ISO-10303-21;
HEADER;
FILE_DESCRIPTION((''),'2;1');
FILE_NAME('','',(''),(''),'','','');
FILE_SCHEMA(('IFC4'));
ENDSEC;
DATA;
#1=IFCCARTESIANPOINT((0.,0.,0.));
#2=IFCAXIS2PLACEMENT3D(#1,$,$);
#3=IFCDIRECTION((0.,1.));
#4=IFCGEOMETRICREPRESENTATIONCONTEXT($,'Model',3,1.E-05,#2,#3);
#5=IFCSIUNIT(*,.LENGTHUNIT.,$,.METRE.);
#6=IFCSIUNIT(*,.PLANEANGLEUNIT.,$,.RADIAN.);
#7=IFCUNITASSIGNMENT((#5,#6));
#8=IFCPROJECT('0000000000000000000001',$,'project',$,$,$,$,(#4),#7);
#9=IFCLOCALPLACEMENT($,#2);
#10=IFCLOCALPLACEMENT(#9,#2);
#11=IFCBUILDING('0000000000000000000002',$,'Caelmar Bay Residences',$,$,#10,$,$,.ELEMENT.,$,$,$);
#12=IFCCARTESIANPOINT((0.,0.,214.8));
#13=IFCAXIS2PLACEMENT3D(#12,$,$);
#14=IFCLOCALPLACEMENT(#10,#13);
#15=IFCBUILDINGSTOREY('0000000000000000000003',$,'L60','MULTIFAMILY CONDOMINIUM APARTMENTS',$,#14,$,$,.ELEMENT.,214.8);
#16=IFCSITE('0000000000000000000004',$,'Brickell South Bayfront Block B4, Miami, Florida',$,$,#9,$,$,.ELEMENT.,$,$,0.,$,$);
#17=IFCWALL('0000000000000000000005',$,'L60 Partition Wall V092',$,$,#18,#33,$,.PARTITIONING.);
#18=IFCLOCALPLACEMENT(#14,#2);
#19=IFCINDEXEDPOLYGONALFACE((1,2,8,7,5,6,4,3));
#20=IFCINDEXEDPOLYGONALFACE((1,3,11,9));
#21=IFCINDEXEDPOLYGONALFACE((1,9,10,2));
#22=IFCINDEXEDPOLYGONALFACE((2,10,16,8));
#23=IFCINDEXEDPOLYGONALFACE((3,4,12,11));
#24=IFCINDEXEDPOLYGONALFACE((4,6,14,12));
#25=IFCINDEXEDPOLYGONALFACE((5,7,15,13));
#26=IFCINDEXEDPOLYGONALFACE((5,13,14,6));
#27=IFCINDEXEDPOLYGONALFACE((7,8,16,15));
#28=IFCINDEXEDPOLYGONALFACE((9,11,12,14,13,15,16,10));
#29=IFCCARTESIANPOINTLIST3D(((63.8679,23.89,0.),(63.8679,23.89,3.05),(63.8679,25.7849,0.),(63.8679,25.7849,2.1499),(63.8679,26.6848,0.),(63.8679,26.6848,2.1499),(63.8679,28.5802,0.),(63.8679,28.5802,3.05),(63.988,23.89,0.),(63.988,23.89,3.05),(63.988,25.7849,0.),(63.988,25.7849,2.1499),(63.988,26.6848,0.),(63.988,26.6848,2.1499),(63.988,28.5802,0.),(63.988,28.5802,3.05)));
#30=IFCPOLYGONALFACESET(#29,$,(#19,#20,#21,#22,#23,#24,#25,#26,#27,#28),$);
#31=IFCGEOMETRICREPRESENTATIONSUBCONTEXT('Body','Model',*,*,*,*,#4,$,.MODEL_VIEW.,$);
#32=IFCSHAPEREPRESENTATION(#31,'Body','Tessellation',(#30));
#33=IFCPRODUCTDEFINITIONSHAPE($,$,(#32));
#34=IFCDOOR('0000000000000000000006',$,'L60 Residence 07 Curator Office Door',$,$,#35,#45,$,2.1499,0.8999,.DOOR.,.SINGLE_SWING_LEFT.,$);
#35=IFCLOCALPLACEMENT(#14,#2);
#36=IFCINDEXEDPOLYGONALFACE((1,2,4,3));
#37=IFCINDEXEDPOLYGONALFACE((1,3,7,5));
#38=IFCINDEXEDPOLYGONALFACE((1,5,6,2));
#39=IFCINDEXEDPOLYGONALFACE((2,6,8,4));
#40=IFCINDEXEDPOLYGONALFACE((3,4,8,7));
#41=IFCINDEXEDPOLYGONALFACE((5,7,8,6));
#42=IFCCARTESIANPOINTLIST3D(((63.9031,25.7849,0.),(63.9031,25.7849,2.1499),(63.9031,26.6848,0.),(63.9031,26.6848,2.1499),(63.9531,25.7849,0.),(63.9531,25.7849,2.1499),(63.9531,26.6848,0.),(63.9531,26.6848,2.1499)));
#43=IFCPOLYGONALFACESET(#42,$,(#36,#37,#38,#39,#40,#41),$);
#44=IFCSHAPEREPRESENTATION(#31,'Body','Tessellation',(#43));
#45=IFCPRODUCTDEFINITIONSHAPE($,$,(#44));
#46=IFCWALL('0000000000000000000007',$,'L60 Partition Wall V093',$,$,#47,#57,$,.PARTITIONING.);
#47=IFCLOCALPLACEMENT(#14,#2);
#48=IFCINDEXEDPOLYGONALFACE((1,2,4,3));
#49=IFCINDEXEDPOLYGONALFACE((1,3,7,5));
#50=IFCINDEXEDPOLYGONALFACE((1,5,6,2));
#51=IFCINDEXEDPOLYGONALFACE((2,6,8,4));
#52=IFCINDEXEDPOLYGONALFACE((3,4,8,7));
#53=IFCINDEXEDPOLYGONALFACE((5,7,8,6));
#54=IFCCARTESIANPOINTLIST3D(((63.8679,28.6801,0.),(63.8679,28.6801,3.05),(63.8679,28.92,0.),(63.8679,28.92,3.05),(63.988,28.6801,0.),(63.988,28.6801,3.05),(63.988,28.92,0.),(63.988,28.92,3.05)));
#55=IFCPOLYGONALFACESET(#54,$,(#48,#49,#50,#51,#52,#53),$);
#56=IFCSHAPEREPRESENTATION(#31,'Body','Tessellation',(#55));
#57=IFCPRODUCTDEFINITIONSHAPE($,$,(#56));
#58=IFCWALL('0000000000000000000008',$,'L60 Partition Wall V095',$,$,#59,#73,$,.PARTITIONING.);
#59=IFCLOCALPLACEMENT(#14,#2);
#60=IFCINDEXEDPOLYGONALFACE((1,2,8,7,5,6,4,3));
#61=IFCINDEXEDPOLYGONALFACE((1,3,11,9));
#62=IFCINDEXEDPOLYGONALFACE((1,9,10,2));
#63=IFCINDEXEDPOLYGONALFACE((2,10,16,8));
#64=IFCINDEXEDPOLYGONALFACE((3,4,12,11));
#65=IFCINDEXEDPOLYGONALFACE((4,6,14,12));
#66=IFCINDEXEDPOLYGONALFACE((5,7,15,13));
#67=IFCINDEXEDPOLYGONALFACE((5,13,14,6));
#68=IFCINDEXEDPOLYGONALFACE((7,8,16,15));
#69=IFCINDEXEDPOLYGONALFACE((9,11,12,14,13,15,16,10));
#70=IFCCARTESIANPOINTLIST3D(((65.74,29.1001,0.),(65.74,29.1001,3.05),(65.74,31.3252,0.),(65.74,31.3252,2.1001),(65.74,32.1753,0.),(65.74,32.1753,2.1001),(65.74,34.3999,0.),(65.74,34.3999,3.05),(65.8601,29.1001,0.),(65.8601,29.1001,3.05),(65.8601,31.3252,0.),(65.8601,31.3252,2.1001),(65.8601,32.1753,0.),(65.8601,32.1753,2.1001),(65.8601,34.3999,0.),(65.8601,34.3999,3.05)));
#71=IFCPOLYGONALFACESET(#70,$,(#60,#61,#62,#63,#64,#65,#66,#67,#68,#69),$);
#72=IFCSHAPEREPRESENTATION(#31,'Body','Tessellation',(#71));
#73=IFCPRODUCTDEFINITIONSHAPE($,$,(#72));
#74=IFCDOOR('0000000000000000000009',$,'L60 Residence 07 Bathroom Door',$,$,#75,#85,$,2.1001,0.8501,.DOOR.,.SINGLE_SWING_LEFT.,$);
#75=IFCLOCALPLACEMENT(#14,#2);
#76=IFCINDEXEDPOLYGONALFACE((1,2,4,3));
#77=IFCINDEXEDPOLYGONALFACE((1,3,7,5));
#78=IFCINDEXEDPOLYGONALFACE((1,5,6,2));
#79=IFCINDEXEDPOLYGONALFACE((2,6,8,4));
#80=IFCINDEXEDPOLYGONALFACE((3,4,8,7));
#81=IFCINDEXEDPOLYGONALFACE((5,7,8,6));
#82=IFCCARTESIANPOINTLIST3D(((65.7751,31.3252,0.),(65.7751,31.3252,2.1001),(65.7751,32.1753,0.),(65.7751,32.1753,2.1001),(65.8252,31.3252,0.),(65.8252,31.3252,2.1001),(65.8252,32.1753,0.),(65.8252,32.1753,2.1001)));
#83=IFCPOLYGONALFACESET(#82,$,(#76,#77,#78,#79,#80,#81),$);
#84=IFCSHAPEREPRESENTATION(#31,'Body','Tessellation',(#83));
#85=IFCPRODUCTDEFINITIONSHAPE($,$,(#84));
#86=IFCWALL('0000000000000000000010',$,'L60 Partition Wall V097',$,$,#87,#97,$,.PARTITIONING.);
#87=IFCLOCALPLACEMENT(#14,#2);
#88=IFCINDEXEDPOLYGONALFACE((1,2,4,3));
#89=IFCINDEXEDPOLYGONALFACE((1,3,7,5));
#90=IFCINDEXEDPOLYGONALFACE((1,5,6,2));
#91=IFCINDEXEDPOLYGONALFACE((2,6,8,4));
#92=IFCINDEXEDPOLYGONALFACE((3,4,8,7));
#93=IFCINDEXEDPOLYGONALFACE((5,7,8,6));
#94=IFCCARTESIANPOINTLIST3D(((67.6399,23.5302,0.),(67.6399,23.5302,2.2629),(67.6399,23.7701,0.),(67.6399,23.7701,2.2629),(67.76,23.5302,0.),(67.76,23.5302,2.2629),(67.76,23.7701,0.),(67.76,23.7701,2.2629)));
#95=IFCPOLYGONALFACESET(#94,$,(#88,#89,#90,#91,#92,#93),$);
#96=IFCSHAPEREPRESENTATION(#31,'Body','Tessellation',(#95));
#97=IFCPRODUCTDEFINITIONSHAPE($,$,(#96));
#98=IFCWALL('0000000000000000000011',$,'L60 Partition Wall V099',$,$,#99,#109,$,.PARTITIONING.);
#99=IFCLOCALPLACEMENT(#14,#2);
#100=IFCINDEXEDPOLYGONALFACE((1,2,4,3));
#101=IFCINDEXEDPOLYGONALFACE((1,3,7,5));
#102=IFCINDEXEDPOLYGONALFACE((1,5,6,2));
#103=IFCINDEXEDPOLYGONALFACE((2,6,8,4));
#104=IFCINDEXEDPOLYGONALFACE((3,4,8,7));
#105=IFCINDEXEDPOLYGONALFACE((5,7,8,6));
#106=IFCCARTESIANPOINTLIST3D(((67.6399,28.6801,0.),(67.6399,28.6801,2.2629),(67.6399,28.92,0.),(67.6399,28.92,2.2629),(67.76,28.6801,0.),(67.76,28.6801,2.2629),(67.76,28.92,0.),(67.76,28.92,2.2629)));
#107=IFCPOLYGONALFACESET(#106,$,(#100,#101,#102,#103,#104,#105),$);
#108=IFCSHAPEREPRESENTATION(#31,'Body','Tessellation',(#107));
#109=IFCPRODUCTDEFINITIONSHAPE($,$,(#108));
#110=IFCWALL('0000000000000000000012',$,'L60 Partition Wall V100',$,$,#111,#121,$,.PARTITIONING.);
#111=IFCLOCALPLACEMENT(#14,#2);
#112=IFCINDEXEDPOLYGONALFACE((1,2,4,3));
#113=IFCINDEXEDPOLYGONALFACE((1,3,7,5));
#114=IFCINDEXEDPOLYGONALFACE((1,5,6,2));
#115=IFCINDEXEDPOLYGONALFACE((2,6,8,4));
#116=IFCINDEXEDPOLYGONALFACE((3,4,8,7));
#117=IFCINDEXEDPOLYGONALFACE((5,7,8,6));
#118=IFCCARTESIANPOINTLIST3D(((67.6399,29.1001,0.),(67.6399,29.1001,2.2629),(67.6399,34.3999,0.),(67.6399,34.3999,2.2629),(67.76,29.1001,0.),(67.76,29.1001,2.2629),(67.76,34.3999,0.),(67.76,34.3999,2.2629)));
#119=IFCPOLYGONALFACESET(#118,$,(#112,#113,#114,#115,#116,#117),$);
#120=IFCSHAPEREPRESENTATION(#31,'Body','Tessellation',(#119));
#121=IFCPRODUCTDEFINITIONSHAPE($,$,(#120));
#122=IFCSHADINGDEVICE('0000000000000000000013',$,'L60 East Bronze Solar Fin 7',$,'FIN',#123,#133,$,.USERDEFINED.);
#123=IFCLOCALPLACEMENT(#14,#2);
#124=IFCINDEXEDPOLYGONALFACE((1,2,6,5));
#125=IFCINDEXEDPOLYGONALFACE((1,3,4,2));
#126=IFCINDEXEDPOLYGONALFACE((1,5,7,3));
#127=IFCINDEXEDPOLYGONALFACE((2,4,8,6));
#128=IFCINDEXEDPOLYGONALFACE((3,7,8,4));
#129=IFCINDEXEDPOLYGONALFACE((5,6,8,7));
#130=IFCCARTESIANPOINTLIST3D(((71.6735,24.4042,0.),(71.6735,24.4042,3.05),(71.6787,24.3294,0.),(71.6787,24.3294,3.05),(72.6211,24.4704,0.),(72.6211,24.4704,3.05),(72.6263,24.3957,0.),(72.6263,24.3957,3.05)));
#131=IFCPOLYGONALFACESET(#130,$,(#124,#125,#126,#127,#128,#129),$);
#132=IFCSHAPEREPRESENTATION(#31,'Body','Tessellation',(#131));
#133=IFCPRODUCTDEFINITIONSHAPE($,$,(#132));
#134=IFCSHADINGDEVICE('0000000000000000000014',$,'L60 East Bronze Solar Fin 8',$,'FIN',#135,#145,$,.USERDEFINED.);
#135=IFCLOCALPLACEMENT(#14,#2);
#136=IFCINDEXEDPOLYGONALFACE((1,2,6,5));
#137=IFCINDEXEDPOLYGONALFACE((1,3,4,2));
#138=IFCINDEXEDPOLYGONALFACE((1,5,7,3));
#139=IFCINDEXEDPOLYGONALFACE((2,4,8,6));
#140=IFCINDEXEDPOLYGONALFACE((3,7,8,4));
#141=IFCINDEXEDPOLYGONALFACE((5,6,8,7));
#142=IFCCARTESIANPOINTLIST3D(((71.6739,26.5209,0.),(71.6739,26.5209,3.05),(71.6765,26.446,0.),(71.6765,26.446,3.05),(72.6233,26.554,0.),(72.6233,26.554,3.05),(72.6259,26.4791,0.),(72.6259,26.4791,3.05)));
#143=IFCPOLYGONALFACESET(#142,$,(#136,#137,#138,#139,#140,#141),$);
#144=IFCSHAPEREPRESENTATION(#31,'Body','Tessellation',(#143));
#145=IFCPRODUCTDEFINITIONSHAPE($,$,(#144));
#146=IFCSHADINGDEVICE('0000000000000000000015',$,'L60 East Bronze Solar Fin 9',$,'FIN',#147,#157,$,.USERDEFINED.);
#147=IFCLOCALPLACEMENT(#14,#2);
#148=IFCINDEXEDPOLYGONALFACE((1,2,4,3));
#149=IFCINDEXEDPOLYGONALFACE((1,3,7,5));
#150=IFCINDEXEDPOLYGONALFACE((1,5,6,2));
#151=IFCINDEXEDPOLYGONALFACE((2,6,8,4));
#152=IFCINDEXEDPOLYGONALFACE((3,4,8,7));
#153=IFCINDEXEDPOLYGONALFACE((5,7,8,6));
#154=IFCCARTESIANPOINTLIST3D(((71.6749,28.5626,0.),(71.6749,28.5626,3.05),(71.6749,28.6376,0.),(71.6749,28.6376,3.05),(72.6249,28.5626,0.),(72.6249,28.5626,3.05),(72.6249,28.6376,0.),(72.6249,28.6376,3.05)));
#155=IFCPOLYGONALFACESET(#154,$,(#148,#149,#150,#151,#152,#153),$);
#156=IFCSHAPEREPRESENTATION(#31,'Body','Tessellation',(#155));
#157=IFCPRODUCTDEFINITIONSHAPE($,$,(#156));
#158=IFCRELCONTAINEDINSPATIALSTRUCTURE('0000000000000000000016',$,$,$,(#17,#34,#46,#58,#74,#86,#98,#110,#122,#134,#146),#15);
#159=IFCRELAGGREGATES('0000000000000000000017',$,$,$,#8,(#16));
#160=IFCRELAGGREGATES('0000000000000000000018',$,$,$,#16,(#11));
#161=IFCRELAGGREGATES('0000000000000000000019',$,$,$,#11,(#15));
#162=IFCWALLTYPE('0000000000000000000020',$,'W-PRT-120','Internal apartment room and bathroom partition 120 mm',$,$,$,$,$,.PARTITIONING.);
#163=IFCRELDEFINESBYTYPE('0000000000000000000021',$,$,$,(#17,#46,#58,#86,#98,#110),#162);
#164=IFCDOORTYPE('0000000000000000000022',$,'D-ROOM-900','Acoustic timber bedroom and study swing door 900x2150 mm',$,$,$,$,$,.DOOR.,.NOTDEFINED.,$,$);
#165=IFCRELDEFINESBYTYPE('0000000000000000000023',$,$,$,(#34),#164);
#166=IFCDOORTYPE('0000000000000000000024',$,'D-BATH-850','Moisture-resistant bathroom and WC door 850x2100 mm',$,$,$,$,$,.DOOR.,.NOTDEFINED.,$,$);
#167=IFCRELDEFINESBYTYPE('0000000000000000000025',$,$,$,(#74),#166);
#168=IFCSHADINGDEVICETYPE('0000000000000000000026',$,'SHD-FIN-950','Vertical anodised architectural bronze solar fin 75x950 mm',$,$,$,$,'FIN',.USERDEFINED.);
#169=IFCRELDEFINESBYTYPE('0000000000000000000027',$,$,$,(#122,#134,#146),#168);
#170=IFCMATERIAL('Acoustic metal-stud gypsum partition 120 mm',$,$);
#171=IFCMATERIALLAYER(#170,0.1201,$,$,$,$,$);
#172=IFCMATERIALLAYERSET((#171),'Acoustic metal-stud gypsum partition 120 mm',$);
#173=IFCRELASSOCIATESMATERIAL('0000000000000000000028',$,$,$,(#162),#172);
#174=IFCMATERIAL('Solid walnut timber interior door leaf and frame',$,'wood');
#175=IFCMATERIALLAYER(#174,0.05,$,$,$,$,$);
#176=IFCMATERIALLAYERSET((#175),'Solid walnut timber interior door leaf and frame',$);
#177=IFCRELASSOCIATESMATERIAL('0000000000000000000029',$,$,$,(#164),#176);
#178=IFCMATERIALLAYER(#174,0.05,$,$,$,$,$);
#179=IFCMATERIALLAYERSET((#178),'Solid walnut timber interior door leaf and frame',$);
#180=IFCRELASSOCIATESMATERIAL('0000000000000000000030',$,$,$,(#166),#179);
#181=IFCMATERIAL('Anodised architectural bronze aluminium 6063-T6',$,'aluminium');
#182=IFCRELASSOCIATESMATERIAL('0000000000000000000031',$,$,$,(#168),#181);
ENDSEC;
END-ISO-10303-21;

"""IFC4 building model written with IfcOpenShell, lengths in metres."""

from ifc_helpers import new_model, si_unit, direction, frame, frame_2d, origin, origin_2d, place, context, subcontext, project, spatial, rectangle, extrude, material, layer, layer_set, material_profile, profile_set, type_object, element, fill, save


model = new_model("IFC4")

# Units and contexts
model_context = context("Model", 3, precision=1e-05, world=origin(), true_north=direction((0.0, 1.0)))
body_context = subcontext(model_context, "Body", "Model", "MODEL_VIEW")
ifc_project = project(units=[si_unit("LENGTHUNIT", "METRE"), si_unit("PLANEANGLEUNIT", "RADIAN")], contexts=[model_context])

# Site, building, storey
site_placement = place(None, origin())
site = spatial("IfcSite", under=ifc_project, at=site_placement, Name="Brickell South Bayfront Block B4, Miami, Florida", CompositionType="ELEMENT", RefElevation=0.0)
building_placement = place(site_placement, origin())
building = spatial("IfcBuilding", under=site, at=building_placement, Name="Caelmar Bay Residences", CompositionType="ELEMENT")
storey_placement = place(building_placement, frame((0.0, 0.0, 214.8)))
storey = spatial("IfcBuildingStorey", under=building, at=storey_placement, Name="L60", Description="MULTIFAMILY CONDOMINIUM APARTMENTS", CompositionType="ELEMENT", Elevation=214.8)

# Shared definitions
ifc_material_1 = material(Name="Acoustic metal-stud gypsum partition 120 mm")
ifc_layer_1 = layer(ifc_material_1, 0.1201)
ifc_layer_set_1 = layer_set([ifc_layer_1], Name="Acoustic metal-stud gypsum partition 120 mm")
wall_type = type_object("IfcWallType", Name="W-PRT-120", Description="Internal apartment room and bathroom partition 120 mm", PredefinedType="PARTITIONING", material=ifc_layer_set_1)

# Wall, opening, door
wall_1_placement = place(storey_placement, frame((63.928, 23.8899, 0.0), z_axis=(0.0, 0.0, 1.0), x_axis=(0.0, 1.0, 0.0)))
wall_1 = element("IfcWall", 1, at=wall_1_placement, inside=storey, type_object=wall_type, Name="L60 Partition Wall V092", PredefinedType="PARTITIONING", context=body_context, shape_type="SweptSolid", body=[
    extrude(rectangle(XDim=4.6902, YDim=0.1201, at=frame_2d((2.3452, 0.0))), origin(), (0.0, 0.0, 1.0), 3.05),
])
opening_1_placement = place(wall_1_placement, frame((1.895, 0.0, 0.0)))
opening_1 = element("IfcOpeningElement", 2, at=opening_1_placement, cuts=wall_1, PredefinedType="OPENING", context=body_context, shape_type="SweptSolid", body=[
    extrude(rectangle(XDim=0.8999, YDim=2.1499, at=frame_2d((0.45, 1.075))), frame((0.0, 0.0701, 0.0), z_axis=(0.0, -1.0, 0.0), x_axis=(1.0, 0.0, 0.0)), (0.0, 0.0, 1.0), 0.1401),
])
ifc_material_2 = material(Name="Solid walnut timber interior door leaf and frame", Category="wood")
ifc_layer_2 = layer(ifc_material_2, 0.05)
ifc_layer_set_2 = layer_set([ifc_layer_2], Name="Solid walnut timber interior door leaf and frame")
door_type_1 = type_object("IfcDoorType", Name="D-ROOM-900", Description="Acoustic timber bedroom and study swing door 900x2150 mm", OperationType="NOTDEFINED", PredefinedType="DOOR", material=ifc_layer_set_2)
door_1_placement = place(opening_1_placement, origin())
door_1 = element("IfcDoor", 3, at=door_1_placement, inside=storey, type_object=door_type_1, Name="L60 Residence 07 Curator Office Door", OperationType="SINGLE_SWING_LEFT", OverallHeight=2.1499, OverallWidth=0.8999, PredefinedType="DOOR", context=body_context, shape_type="SweptSolid", body=[
    extrude(rectangle(XDim=0.8999, YDim=2.1499, at=frame_2d((0.45, 1.075))), frame((0.0, 0.0249, 0.0), z_axis=(0.0, -1.0, 0.0), x_axis=(1.0, 0.0, 0.0)), (0.0, 0.0, 1.0), 0.05),
])
fill(opening_1, door_1)

# Wall
wall_2_placement = place(storey_placement, frame((63.928, 28.6799, 0.0), z_axis=(0.0, 0.0, 1.0), x_axis=(0.0, 1.0, 0.0)))
element("IfcWall", 4, at=wall_2_placement, inside=storey, type_object=wall_type, Name="L60 Partition Wall V093", PredefinedType="PARTITIONING", context=body_context, shape_type="SweptSolid", body=[
    extrude(rectangle(XDim=0.24, YDim=0.1201, at=frame_2d((0.1201, 0.0))), origin(), (0.0, 0.0, 1.0), 3.05),
])

# Wall, opening, door
wall_3_placement = place(storey_placement, frame((65.8, 29.1001, 0.0), z_axis=(0.0, 0.0, 1.0), x_axis=(0.0, 1.0, 0.0)))
wall_3 = element("IfcWall", 5, at=wall_3_placement, inside=storey, type_object=wall_type, Name="L60 Partition Wall V095", PredefinedType="PARTITIONING", context=body_context, shape_type="SweptSolid", body=[
    extrude(rectangle(XDim=5.2998, YDim=0.1201, at=frame_2d((2.6499, 0.0))), origin(), (0.0, 0.0, 1.0), 3.05),
])
opening_2_placement = place(wall_3_placement, frame((2.2251, 0.0, 0.0)))
opening_2 = element("IfcOpeningElement", 6, at=opening_2_placement, cuts=wall_3, PredefinedType="OPENING", context=body_context, shape_type="SweptSolid", body=[
    extrude(rectangle(XDim=0.8501, YDim=2.1001, at=frame_2d((0.425, 1.05))), frame((0.0, 0.0701, 0.0), z_axis=(0.0, -1.0, 0.0), x_axis=(1.0, 0.0, 0.0)), (0.0, 0.0, 1.0), 0.1401),
])
ifc_layer_3 = layer(ifc_material_2, 0.05)
ifc_layer_set_3 = layer_set([ifc_layer_3], Name="Solid walnut timber interior door leaf and frame")
door_type_2 = type_object("IfcDoorType", Name="D-BATH-850", Description="Moisture-resistant bathroom and WC door 850x2100 mm", OperationType="NOTDEFINED", PredefinedType="DOOR", material=ifc_layer_set_3)
door_2_placement = place(opening_2_placement, origin())
door_2 = element("IfcDoor", 7, at=door_2_placement, inside=storey, type_object=door_type_2, Name="L60 Residence 07 Bathroom Door", OperationType="SINGLE_SWING_LEFT", OverallHeight=2.1001, OverallWidth=0.8501, PredefinedType="DOOR", context=body_context, shape_type="SweptSolid", body=[
    extrude(rectangle(XDim=0.8501, YDim=2.1001, at=frame_2d((0.425, 1.05))), frame((0.0, 0.0249, 0.0), z_axis=(0.0, -1.0, 0.0), x_axis=(1.0, 0.0, 0.0)), (0.0, 0.0, 1.0), 0.05),
])
fill(opening_2, door_2)

# Wall
wall_4_placement = place(storey_placement, frame((67.7, 23.53, 0.0), z_axis=(0.0, 0.0, 1.0), x_axis=(0.0, 1.0, 0.0)))
element("IfcWall", 8, at=wall_4_placement, inside=storey, type_object=wall_type, Name="L60 Partition Wall V097", PredefinedType="PARTITIONING", context=body_context, shape_type="SweptSolid", body=[
    extrude(rectangle(XDim=0.24, YDim=0.1201, at=frame_2d((0.1201, 0.0))), origin(), (0.0, 0.0, 1.0), 2.2629),
])

# Walls
wall_5_placement = place(storey_placement, frame((67.7, 28.6799, 0.0), z_axis=(0.0, 0.0, 1.0), x_axis=(0.0, 1.0, 0.0)))
element("IfcWall", 9, at=wall_5_placement, inside=storey, type_object=wall_type, Name="L60 Partition Wall V099", PredefinedType="PARTITIONING", context=body_context, shape_type="SweptSolid", body=[
    extrude(rectangle(XDim=0.24, YDim=0.1201, at=frame_2d((0.1201, 0.0))), origin(), (0.0, 0.0, 1.0), 2.2629),
])
wall_6_placement = place(storey_placement, frame((67.7, 29.1001, 0.0), z_axis=(0.0, 0.0, 1.0), x_axis=(0.0, 1.0, 0.0)))
element("IfcWall", 10, at=wall_6_placement, inside=storey, type_object=wall_type, Name="L60 Partition Wall V100", PredefinedType="PARTITIONING", context=body_context, shape_type="SweptSolid", body=[
    extrude(rectangle(XDim=5.2998, YDim=0.1201, at=frame_2d((2.6499, 0.0))), origin(), (0.0, 0.0, 1.0), 2.2629),
])

# Shading devices
ifc_material_3 = material(Name="Anodised architectural bronze aluminium 6063-T6", Category="aluminium")
ifc_material_profile_1 = material_profile(ifc_material_3, rectangle(XDim=0.075, YDim=0.95, at=origin_2d()), Name="BRONZE-FIN-75X950")
ifc_profile_set_1 = profile_set([ifc_material_profile_1], Name="Anodised architectural bronze aluminium 6063-T6")
shading_device_type = type_object("IfcShadingDeviceType", Name="SHD-FIN-950", Description="Vertical anodised architectural bronze solar fin 75x950 mm", ElementType="FIN", PredefinedType="USERDEFINED", material=ifc_profile_set_1)
for number, where, z_axis, x_axis, name in (
    (11, (72.1499, 24.3999, 0.0), (0.0, 0.0, 1.0), (-0.069756, 0.997564, 0.0), "L60 East Bronze Solar Fin 7"),
    (12, (72.1499, 26.5, 0.0), (0.0, 0.0, 1.0), (-0.034899, 0.999391, 0.0), "L60 East Bronze Solar Fin 8"),
    (13, (72.1499, 28.6001, 0.0), (0.0, 0.0, 1.0), (0.0, 1.0, 0.0), "L60 East Bronze Solar Fin 9"),
):
    element("IfcShadingDevice", number, at=place(storey_placement, frame(where, z_axis=z_axis, x_axis=x_axis)), inside=storey, type_object=shading_device_type, Name=name, ObjectType="FIN", PredefinedType="USERDEFINED", context=body_context, shape_type="SweptSolid", body=[
        extrude(rectangle(XDim=0.075, YDim=0.95, at=origin_2d()), origin(), (0.0, 0.0, 1.0), 3.05),
    ])

save(model, "model.ifc")
